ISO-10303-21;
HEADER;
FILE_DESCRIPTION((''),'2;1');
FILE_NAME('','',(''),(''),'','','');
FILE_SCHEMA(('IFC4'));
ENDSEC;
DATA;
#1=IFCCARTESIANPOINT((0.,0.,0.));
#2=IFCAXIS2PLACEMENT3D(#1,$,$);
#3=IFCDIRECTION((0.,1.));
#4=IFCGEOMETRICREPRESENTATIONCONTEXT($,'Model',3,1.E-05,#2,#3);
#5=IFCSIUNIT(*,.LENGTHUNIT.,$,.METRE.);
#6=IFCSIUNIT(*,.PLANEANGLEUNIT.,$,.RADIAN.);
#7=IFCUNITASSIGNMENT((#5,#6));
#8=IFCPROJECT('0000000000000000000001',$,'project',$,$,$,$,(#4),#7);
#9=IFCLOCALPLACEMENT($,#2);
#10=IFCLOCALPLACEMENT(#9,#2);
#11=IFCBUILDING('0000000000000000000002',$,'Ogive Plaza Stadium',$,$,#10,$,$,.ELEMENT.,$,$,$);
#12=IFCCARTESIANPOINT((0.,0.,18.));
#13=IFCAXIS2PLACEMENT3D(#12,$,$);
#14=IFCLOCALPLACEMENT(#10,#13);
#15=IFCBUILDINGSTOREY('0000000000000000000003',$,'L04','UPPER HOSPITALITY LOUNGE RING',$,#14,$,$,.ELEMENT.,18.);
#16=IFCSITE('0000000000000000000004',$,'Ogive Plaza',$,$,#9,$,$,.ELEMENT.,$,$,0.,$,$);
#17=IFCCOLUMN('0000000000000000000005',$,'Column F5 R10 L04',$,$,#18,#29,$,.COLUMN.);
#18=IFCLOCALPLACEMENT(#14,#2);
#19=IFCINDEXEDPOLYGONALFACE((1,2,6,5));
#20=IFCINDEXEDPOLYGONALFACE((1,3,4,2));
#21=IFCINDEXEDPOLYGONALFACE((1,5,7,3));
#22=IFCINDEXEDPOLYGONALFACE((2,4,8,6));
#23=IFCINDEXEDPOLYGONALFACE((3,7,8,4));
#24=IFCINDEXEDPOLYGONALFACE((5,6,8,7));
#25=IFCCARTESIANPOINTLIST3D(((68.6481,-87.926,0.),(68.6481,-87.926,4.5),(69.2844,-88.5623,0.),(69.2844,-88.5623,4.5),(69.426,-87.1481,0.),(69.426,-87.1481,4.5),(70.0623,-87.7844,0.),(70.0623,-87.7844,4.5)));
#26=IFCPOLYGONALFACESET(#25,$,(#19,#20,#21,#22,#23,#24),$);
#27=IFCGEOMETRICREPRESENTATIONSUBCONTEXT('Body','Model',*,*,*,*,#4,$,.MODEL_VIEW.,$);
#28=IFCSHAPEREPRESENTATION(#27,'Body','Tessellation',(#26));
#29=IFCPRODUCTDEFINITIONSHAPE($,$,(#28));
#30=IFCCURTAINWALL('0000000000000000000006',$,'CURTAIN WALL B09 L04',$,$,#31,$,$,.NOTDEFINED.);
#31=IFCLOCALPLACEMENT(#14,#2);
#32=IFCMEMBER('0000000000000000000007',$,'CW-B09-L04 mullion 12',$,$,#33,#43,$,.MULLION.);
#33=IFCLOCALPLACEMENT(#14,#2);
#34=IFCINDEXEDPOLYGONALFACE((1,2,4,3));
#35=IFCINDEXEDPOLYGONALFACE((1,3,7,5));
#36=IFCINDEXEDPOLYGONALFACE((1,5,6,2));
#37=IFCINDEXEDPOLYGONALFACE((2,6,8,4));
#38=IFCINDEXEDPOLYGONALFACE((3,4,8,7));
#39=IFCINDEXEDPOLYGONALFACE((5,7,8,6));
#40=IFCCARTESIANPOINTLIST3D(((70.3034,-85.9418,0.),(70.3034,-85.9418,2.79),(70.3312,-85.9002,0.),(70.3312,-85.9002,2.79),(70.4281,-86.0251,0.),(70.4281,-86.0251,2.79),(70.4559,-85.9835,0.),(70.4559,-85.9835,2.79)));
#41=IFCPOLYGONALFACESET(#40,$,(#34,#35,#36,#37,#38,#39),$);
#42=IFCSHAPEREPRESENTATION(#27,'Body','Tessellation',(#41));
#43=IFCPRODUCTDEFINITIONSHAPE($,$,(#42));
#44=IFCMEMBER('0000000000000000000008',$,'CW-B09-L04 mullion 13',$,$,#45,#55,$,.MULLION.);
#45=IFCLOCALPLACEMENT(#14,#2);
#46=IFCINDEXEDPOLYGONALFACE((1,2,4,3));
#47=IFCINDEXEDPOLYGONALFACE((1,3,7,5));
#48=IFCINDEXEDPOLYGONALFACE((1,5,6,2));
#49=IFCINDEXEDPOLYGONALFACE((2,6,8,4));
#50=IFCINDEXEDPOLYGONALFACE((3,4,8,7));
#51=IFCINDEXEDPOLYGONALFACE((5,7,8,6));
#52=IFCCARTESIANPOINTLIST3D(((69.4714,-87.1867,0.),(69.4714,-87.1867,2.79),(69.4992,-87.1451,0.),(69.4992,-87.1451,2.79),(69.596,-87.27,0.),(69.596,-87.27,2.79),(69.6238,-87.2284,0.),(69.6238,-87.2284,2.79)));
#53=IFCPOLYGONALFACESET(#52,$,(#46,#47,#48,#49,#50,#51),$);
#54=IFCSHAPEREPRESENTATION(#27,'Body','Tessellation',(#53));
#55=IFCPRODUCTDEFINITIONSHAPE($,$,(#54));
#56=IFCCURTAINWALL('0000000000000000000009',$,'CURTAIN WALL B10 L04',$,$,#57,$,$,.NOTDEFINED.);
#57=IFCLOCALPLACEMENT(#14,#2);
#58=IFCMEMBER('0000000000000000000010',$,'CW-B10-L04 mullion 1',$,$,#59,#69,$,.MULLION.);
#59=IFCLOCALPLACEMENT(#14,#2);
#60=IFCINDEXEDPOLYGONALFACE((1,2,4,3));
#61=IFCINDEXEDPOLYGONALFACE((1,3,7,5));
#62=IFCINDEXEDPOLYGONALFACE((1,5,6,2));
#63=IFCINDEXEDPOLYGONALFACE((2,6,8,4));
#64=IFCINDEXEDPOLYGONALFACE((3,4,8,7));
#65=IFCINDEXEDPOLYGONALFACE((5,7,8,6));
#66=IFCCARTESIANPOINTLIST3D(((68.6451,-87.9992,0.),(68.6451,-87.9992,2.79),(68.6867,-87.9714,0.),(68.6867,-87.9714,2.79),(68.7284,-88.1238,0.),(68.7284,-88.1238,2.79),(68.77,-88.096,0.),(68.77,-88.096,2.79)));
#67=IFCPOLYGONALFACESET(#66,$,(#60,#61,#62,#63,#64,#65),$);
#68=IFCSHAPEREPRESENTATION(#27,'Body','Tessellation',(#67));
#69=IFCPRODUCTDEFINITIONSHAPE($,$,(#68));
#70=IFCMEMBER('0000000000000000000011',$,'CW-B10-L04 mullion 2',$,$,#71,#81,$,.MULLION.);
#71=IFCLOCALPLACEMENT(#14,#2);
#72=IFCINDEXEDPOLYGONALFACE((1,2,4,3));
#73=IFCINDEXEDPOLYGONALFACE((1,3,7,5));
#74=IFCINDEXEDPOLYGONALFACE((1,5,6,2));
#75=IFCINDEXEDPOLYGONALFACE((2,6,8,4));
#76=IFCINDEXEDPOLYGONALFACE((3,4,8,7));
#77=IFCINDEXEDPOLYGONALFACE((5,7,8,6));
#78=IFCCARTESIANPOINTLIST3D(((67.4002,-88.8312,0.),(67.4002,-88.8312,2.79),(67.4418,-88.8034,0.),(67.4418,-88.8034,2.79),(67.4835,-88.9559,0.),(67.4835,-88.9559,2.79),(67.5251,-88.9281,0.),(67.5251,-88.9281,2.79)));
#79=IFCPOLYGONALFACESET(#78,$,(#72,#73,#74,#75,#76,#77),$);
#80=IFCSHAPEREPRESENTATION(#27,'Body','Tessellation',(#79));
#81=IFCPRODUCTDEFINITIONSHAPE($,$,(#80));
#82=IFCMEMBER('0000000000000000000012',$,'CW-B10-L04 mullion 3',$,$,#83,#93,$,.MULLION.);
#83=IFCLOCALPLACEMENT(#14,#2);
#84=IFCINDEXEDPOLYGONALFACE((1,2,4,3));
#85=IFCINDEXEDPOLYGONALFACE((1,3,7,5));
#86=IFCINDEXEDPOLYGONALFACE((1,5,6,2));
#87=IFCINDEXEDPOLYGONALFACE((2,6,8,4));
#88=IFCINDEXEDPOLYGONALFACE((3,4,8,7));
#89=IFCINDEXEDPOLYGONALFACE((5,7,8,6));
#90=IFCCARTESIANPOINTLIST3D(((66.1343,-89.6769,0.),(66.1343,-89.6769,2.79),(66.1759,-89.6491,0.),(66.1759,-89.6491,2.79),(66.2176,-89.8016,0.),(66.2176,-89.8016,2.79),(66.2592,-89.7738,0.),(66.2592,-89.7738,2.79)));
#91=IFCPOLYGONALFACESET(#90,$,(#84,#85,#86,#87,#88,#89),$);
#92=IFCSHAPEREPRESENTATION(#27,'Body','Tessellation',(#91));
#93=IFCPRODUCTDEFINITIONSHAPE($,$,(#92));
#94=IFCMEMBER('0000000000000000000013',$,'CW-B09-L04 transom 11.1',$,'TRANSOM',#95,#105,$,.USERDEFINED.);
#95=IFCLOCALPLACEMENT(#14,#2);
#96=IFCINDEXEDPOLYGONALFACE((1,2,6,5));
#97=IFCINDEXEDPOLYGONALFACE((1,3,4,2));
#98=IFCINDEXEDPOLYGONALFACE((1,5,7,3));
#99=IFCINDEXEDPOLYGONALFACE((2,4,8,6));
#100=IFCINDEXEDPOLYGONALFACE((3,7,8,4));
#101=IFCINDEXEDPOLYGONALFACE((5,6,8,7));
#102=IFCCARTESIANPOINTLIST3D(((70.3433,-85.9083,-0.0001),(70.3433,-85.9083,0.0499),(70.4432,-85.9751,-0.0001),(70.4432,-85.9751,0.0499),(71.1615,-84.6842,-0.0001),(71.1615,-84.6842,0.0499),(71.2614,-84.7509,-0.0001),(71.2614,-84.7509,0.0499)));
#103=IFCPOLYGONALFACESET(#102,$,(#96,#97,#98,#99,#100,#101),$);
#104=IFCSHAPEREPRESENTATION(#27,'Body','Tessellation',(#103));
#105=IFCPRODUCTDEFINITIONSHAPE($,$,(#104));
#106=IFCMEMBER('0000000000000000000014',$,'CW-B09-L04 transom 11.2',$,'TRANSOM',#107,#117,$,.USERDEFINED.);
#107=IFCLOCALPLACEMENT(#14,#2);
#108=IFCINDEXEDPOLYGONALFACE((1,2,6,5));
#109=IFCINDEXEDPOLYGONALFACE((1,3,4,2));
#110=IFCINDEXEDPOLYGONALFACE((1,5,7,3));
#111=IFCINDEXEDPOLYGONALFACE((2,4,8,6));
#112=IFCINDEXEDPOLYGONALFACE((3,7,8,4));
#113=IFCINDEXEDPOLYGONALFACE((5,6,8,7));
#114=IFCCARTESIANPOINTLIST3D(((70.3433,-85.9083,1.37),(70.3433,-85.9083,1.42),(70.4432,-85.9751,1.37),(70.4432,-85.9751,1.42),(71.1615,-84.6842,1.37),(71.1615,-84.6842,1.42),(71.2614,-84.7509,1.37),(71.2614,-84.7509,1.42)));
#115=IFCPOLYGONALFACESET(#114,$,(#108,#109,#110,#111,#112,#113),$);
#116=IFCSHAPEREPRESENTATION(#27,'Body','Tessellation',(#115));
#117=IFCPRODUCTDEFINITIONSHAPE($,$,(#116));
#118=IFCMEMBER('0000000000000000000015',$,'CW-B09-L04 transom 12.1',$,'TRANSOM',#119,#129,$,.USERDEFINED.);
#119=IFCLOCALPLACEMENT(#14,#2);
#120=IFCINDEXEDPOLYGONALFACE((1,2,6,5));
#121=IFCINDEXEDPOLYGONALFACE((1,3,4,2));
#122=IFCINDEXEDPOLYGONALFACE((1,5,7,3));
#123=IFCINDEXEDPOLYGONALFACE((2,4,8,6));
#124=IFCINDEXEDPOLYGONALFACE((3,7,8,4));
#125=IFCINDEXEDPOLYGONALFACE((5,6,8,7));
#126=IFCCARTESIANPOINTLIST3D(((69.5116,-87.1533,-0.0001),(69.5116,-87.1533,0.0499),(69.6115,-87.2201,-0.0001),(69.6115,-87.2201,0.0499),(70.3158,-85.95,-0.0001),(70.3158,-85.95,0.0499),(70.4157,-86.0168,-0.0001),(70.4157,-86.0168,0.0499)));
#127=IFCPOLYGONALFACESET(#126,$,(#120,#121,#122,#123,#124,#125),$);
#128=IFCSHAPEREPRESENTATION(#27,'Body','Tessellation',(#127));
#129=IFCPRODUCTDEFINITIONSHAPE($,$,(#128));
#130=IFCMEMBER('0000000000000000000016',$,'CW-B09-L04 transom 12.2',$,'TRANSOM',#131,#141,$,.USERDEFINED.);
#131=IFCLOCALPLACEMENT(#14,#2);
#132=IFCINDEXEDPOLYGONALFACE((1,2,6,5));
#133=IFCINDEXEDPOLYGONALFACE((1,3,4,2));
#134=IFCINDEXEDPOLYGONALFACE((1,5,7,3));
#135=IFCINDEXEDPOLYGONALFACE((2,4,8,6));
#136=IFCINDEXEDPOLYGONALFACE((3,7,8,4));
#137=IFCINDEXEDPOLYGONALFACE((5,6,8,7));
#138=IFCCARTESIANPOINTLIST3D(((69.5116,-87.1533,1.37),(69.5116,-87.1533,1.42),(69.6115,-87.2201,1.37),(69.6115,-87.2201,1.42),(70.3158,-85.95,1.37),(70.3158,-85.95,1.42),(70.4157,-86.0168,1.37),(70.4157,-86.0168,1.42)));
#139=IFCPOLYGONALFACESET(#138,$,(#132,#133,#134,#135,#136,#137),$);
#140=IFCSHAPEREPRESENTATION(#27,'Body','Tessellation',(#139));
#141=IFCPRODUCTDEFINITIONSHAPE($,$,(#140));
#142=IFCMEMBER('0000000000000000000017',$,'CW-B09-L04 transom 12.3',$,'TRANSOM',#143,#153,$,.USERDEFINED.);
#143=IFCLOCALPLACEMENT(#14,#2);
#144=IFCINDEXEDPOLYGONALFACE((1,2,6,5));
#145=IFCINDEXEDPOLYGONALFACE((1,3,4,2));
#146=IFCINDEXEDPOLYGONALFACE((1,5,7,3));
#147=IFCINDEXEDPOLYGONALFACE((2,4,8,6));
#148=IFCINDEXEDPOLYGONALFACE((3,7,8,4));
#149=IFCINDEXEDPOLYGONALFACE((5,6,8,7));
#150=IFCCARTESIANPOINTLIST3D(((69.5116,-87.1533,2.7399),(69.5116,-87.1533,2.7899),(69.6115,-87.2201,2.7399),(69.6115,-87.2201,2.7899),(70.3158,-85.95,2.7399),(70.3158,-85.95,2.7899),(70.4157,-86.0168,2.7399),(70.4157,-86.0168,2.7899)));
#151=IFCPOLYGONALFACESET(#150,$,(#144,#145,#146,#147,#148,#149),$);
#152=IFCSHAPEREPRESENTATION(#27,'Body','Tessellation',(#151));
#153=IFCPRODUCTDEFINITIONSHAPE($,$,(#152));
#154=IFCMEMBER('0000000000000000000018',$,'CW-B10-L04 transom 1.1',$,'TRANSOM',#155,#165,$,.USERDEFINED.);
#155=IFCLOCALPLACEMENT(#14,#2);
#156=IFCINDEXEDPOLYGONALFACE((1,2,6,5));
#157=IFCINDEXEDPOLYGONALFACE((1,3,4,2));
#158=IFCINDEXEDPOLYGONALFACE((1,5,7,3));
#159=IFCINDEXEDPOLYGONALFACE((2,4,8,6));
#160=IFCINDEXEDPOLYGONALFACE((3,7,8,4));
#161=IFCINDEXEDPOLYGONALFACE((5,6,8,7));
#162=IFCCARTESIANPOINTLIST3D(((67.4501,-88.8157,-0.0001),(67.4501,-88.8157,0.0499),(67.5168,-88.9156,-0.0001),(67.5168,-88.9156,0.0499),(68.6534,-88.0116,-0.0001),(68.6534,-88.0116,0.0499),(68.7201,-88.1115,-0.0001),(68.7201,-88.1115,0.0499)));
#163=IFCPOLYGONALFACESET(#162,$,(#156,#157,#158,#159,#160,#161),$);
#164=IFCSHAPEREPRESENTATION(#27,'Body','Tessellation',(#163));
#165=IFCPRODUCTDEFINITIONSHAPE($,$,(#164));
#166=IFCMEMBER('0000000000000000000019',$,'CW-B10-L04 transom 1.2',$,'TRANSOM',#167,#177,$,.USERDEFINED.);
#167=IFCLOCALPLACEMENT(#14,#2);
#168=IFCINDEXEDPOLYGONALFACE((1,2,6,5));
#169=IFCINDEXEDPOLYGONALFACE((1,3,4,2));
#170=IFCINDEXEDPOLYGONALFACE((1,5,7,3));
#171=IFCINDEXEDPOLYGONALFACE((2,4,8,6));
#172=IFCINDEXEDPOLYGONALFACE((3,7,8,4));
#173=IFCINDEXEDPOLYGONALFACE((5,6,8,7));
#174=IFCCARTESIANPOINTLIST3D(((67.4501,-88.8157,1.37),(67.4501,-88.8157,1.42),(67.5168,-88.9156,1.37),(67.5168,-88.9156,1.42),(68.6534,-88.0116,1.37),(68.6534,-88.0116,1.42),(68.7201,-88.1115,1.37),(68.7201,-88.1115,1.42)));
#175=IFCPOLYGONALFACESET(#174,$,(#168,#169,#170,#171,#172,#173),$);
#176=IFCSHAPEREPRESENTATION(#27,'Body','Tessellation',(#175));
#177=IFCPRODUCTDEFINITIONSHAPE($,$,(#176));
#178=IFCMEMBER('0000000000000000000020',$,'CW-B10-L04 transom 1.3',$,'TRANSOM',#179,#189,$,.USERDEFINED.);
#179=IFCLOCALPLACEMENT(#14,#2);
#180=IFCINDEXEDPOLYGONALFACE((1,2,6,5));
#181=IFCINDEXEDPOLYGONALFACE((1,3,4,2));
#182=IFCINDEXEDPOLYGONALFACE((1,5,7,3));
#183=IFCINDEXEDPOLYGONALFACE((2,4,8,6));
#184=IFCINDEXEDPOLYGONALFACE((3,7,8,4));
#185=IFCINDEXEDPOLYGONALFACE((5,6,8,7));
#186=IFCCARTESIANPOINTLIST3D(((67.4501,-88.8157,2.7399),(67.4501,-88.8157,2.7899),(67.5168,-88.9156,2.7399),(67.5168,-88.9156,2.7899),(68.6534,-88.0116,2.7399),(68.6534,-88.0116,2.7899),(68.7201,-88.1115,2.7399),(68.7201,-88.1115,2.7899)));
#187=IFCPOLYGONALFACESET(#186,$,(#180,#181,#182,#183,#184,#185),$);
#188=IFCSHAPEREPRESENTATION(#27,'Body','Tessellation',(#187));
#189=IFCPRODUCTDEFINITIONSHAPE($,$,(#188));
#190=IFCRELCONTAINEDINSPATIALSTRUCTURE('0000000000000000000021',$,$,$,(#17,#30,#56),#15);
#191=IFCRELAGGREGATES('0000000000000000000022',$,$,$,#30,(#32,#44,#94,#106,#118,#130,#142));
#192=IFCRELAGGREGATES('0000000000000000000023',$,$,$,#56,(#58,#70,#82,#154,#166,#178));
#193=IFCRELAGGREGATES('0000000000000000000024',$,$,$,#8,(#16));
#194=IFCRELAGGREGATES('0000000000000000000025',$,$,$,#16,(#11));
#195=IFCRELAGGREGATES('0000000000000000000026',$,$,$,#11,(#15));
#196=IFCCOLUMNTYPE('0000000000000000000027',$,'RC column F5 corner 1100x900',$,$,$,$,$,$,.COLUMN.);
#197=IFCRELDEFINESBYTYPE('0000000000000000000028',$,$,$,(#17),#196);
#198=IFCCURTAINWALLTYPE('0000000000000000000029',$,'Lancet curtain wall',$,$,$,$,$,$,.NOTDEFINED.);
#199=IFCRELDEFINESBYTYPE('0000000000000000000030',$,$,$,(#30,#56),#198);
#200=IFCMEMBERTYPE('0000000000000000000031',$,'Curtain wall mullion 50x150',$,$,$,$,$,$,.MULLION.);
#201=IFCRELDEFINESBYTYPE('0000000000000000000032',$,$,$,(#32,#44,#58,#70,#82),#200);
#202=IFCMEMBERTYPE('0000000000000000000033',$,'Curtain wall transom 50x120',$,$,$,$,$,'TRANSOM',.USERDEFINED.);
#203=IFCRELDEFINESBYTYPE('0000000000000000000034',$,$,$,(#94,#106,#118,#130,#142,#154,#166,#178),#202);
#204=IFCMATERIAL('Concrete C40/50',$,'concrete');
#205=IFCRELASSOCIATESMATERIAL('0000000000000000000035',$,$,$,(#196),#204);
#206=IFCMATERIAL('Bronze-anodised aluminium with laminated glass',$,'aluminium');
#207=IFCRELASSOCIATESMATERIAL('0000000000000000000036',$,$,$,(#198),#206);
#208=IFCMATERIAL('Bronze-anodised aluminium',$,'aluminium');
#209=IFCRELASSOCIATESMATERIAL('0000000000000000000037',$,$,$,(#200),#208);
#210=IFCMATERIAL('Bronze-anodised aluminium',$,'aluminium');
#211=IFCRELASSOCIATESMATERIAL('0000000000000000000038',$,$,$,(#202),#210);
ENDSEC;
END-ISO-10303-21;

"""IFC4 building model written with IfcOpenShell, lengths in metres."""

from ifc_helpers import new_model, si_unit, direction, frame, origin, origin_2d, place, context, subcontext, project, spatial, rectangle, extrude, material, material_profile, profile_set, type_object, element, aggregate, save


model = new_model("IFC4")

# Units and contexts
model_context = context("Model", 3, precision=1e-05, world=origin(), true_north=direction((0.0, 1.0)))
body_context = subcontext(model_context, "Body", "Model", "MODEL_VIEW")
ifc_project = project(units=[si_unit("LENGTHUNIT", "METRE"), si_unit("PLANEANGLEUNIT", "RADIAN")], contexts=[model_context])

# Site, building, storey
site_placement = place(None, origin())
site = spatial("IfcSite", under=ifc_project, at=site_placement, Name="Ogive Plaza", CompositionType="ELEMENT", RefElevation=0.0)
building_placement = place(site_placement, origin())
building = spatial("IfcBuilding", under=site, at=building_placement, Name="Ogive Plaza Stadium", CompositionType="ELEMENT")
storey_placement = place(building_placement, frame((0.0, 0.0, 18.0)))
storey = spatial("IfcBuildingStorey", under=building, at=storey_placement, Name="L04", Description="UPPER HOSPITALITY LOUNGE RING", CompositionType="ELEMENT", Elevation=18.0)

# Column
ifc_material_1 = material(Name="Concrete C40/50", Category="concrete")
ifc_material_profile_1 = material_profile(ifc_material_1, rectangle(XDim=1.1001, YDim=0.8999, at=origin_2d()), Name="RC 1100x900")
ifc_profile_set_1 = profile_set([ifc_material_profile_1], Name="Concrete C40/50")
column_type = type_object("IfcColumnType", Name="RC column F5 corner 1100x900", PredefinedType="COLUMN", material=ifc_profile_set_1)
column_placement = place(storey_placement, frame((69.3552, -87.8552, 0.0), z_axis=(0.0, 0.0, 1.0), x_axis=(0.707107, 0.707107, 0.0)))
element("IfcColumn", 1, at=column_placement, inside=storey, type_object=column_type, Name="Column F5 R10 L04", PredefinedType="COLUMN", context=body_context, shape_type="SweptSolid", body=[
    extrude(rectangle(XDim=1.1001, YDim=0.8999, at=origin_2d()), origin(), (0.0, 0.0, 1.0), 4.5),
])

# Curtain walls, members
ifc_material_2 = material(Name="Bronze-anodised aluminium with laminated glass", Category="aluminium")
curtain_wall_type = type_object("IfcCurtainWallType", Name="Lancet curtain wall", PredefinedType="NOTDEFINED", material=ifc_material_2)
curtain_wall_1_placement = place(storey_placement, origin())
curtain_wall_1 = element("IfcCurtainWall", 2, at=curtain_wall_1_placement, inside=storey, type_object=curtain_wall_type, Name="CURTAIN WALL B09 L04", PredefinedType="NOTDEFINED")
ifc_material_3 = material(Name="Bronze-anodised aluminium", Category="aluminium")
ifc_material_profile_2 = material_profile(ifc_material_3, rectangle(XDim=0.1499, YDim=0.05, at=origin_2d()), Name="AL 150x50")
ifc_profile_set_2 = profile_set([ifc_material_profile_2], Name="Bronze-anodised aluminium")
member_type_1 = type_object("IfcMemberType", Name="Curtain wall mullion 50x150", PredefinedType="MULLION", material=ifc_profile_set_2)
member_1_placement = place(storey_placement, frame((70.3796, -85.9626, 0.0), z_axis=(0.0, 0.0, 1.0), x_axis=(0.83147, -0.55557, 0.0)))
member_1 = element("IfcMember", 3, at=member_1_placement, type_object=member_type_1, Name="CW-B09-L04 mullion 12", PredefinedType="MULLION", context=body_context, shape_type="SweptSolid", body=[
    extrude(rectangle(XDim=0.1499, YDim=0.05, at=origin_2d()), origin(), (0.0, 0.0, 1.0), 2.79),
])
member_2_placement = place(storey_placement, frame((69.5476, -87.2075, 0.0), z_axis=(0.0, 0.0, 1.0), x_axis=(0.83147, -0.55557, 0.0)))
member_2 = element("IfcMember", 4, at=member_2_placement, type_object=member_type_1, Name="CW-B09-L04 mullion 13", PredefinedType="MULLION", context=body_context, shape_type="SweptSolid", body=[
    extrude(rectangle(XDim=0.1499, YDim=0.05, at=origin_2d()), origin(), (0.0, 0.0, 1.0), 2.79),
])
curtain_wall_2_placement = place(storey_placement, origin())
curtain_wall_2 = element("IfcCurtainWall", 5, at=curtain_wall_2_placement, inside=storey, type_object=curtain_wall_type, Name="CURTAIN WALL B10 L04", PredefinedType="NOTDEFINED")
member_3_placement = place(storey_placement, frame((68.7075, -88.0476, 0.0), z_axis=(0.0, 0.0, 1.0), x_axis=(0.55557, -0.83147, 0.0)))
member_3 = element("IfcMember", 6, at=member_3_placement, type_object=member_type_1, Name="CW-B10-L04 mullion 1", PredefinedType="MULLION", context=body_context, shape_type="SweptSolid", body=[
    extrude(rectangle(XDim=0.1499, YDim=0.05, at=origin_2d()), origin(), (0.0, 0.0, 1.0), 2.79),
])
member_4_placement = place(storey_placement, frame((67.4626, -88.8796, 0.0), z_axis=(0.0, 0.0, 1.0), x_axis=(0.55557, -0.83147, 0.0)))
member_4 = element("IfcMember", 7, at=member_4_placement, type_object=member_type_1, Name="CW-B10-L04 mullion 2", PredefinedType="MULLION", context=body_context, shape_type="SweptSolid", body=[
    extrude(rectangle(XDim=0.1499, YDim=0.05, at=origin_2d()), origin(), (0.0, 0.0, 1.0), 2.79),
])
member_5_placement = place(storey_placement, frame((66.1968, -89.7253, 0.0), z_axis=(0.0, 0.0, 1.0), x_axis=(0.55557, -0.83147, 0.0)))
member_5 = element("IfcMember", 8, at=member_5_placement, type_object=member_type_1, Name="CW-B10-L04 mullion 3", PredefinedType="MULLION", context=body_context, shape_type="SweptSolid", body=[
    extrude(rectangle(XDim=0.1499, YDim=0.05, at=origin_2d()), origin(), (0.0, 0.0, 1.0), 2.79),
])

# Members
ifc_material_4 = material(Name="Bronze-anodised aluminium", Category="aluminium")
ifc_material_profile_3 = material_profile(ifc_material_4, rectangle(XDim=0.1201, YDim=0.05, at=origin_2d()), Name="AL 120x50")
ifc_profile_set_3 = profile_set([ifc_material_profile_3], Name="Bronze-anodised aluminium")
member_type_2 = type_object("IfcMemberType", Name="Curtain wall transom 50x120", ElementType="TRANSOM", PredefinedType="USERDEFINED", material=ifc_profile_set_3)
member_6_placement = place(storey_placement, frame((71.2114, -84.7175, 0.0249), z_axis=(-0.555656, -0.831412, 0.0), x_axis=(0.831412, -0.555656, 0.0)))
member_6 = element("IfcMember", 9, at=member_6_placement, type_object=member_type_2, Name="CW-B09-L04 transom 11.1", ObjectType="TRANSOM", PredefinedType="USERDEFINED", context=body_context, shape_type="SweptSolid", body=[
    extrude(rectangle(XDim=0.1201, YDim=0.05, at=origin_2d()), origin(), (0.0, 0.0, 1.0), 1.4724),
])
member_7_placement = place(storey_placement, frame((71.2114, -84.7175, 1.395), z_axis=(-0.555656, -0.831412, 0.0), x_axis=(0.831412, -0.555656, 0.0)))
member_7 = element("IfcMember", 10, at=member_7_placement, type_object=member_type_2, Name="CW-B09-L04 transom 11.2", ObjectType="TRANSOM", PredefinedType="USERDEFINED", context=body_context, shape_type="SweptSolid", body=[
    extrude(rectangle(XDim=0.1201, YDim=0.05, at=origin_2d()), origin(), (0.0, 0.0, 1.0), 1.4724),
])
member_8_placement = place(storey_placement, frame((70.3657, -85.9834, 0.0249), z_axis=(-0.555634, -0.831427, 0.0), x_axis=(0.831427, -0.555634, 0.0)))
member_8 = element("IfcMember", 11, at=member_8_placement, type_object=member_type_2, Name="CW-B09-L04 transom 12.1", ObjectType="TRANSOM", PredefinedType="USERDEFINED", context=body_context, shape_type="SweptSolid", body=[
    extrude(rectangle(XDim=0.1201, YDim=0.05, at=origin_2d()), origin(), (0.0, 0.0, 1.0), 1.4473),
])
member_9_placement = place(storey_placement, frame((70.3657, -85.9834, 1.395), z_axis=(-0.555634, -0.831427, 0.0), x_axis=(0.831427, -0.555634, 0.0)))
member_9 = element("IfcMember", 12, at=member_9_placement, type_object=member_type_2, Name="CW-B09-L04 transom 12.2", ObjectType="TRANSOM", PredefinedType="USERDEFINED", context=body_context, shape_type="SweptSolid", body=[
    extrude(rectangle(XDim=0.1201, YDim=0.05, at=origin_2d()), origin(), (0.0, 0.0, 1.0), 1.4473),
])
member_10_placement = place(storey_placement, frame((70.3657, -85.9834, 2.7649), z_axis=(-0.555634, -0.831427, 0.0), x_axis=(0.831427, -0.555634, 0.0)))
member_10 = element("IfcMember", 13, at=member_10_placement, type_object=member_type_2, Name="CW-B09-L04 transom 12.3", ObjectType="TRANSOM", PredefinedType="USERDEFINED", context=body_context, shape_type="SweptSolid", body=[
    extrude(rectangle(XDim=0.1201, YDim=0.05, at=origin_2d()), origin(), (0.0, 0.0, 1.0), 1.4473),
])
member_11_placement = place(storey_placement, frame((68.6868, -88.0615, 0.0249), z_axis=(-0.831427, -0.555634, 0.0), x_axis=(0.555634, -0.831427, 0.0)))
member_11 = element("IfcMember", 14, at=member_11_placement, type_object=member_type_2, Name="CW-B10-L04 transom 1.1", ObjectType="TRANSOM", PredefinedType="USERDEFINED", context=body_context, shape_type="SweptSolid", body=[
    extrude(rectangle(XDim=0.1201, YDim=0.05, at=origin_2d()), origin(), (0.0, 0.0, 1.0), 1.4473),
])
member_12_placement = place(storey_placement, frame((68.6868, -88.0615, 1.395), z_axis=(-0.831427, -0.555634, 0.0), x_axis=(0.555634, -0.831427, 0.0)))
member_12 = element("IfcMember", 15, at=member_12_placement, type_object=member_type_2, Name="CW-B10-L04 transom 1.2", ObjectType="TRANSOM", PredefinedType="USERDEFINED", context=body_context, shape_type="SweptSolid", body=[
    extrude(rectangle(XDim=0.1201, YDim=0.05, at=origin_2d()), origin(), (0.0, 0.0, 1.0), 1.4473),
])
member_13_placement = place(storey_placement, frame((68.6868, -88.0615, 2.7649), z_axis=(-0.831427, -0.555634, 0.0), x_axis=(0.555634, -0.831427, 0.0)))
member_13 = element("IfcMember", 16, at=member_13_placement, type_object=member_type_2, Name="CW-B10-L04 transom 1.3", ObjectType="TRANSOM", PredefinedType="USERDEFINED", context=body_context, shape_type="SweptSolid", body=[
    extrude(rectangle(XDim=0.1201, YDim=0.05, at=origin_2d()), origin(), (0.0, 0.0, 1.0), 1.4473),
])

aggregate(curtain_wall_1, [member_1, member_2, member_6, member_7, member_8, member_9, member_10])
aggregate(curtain_wall_2, [member_3, member_4, member_5, member_11, member_12, member_13])

save(model, "model.ifc")
